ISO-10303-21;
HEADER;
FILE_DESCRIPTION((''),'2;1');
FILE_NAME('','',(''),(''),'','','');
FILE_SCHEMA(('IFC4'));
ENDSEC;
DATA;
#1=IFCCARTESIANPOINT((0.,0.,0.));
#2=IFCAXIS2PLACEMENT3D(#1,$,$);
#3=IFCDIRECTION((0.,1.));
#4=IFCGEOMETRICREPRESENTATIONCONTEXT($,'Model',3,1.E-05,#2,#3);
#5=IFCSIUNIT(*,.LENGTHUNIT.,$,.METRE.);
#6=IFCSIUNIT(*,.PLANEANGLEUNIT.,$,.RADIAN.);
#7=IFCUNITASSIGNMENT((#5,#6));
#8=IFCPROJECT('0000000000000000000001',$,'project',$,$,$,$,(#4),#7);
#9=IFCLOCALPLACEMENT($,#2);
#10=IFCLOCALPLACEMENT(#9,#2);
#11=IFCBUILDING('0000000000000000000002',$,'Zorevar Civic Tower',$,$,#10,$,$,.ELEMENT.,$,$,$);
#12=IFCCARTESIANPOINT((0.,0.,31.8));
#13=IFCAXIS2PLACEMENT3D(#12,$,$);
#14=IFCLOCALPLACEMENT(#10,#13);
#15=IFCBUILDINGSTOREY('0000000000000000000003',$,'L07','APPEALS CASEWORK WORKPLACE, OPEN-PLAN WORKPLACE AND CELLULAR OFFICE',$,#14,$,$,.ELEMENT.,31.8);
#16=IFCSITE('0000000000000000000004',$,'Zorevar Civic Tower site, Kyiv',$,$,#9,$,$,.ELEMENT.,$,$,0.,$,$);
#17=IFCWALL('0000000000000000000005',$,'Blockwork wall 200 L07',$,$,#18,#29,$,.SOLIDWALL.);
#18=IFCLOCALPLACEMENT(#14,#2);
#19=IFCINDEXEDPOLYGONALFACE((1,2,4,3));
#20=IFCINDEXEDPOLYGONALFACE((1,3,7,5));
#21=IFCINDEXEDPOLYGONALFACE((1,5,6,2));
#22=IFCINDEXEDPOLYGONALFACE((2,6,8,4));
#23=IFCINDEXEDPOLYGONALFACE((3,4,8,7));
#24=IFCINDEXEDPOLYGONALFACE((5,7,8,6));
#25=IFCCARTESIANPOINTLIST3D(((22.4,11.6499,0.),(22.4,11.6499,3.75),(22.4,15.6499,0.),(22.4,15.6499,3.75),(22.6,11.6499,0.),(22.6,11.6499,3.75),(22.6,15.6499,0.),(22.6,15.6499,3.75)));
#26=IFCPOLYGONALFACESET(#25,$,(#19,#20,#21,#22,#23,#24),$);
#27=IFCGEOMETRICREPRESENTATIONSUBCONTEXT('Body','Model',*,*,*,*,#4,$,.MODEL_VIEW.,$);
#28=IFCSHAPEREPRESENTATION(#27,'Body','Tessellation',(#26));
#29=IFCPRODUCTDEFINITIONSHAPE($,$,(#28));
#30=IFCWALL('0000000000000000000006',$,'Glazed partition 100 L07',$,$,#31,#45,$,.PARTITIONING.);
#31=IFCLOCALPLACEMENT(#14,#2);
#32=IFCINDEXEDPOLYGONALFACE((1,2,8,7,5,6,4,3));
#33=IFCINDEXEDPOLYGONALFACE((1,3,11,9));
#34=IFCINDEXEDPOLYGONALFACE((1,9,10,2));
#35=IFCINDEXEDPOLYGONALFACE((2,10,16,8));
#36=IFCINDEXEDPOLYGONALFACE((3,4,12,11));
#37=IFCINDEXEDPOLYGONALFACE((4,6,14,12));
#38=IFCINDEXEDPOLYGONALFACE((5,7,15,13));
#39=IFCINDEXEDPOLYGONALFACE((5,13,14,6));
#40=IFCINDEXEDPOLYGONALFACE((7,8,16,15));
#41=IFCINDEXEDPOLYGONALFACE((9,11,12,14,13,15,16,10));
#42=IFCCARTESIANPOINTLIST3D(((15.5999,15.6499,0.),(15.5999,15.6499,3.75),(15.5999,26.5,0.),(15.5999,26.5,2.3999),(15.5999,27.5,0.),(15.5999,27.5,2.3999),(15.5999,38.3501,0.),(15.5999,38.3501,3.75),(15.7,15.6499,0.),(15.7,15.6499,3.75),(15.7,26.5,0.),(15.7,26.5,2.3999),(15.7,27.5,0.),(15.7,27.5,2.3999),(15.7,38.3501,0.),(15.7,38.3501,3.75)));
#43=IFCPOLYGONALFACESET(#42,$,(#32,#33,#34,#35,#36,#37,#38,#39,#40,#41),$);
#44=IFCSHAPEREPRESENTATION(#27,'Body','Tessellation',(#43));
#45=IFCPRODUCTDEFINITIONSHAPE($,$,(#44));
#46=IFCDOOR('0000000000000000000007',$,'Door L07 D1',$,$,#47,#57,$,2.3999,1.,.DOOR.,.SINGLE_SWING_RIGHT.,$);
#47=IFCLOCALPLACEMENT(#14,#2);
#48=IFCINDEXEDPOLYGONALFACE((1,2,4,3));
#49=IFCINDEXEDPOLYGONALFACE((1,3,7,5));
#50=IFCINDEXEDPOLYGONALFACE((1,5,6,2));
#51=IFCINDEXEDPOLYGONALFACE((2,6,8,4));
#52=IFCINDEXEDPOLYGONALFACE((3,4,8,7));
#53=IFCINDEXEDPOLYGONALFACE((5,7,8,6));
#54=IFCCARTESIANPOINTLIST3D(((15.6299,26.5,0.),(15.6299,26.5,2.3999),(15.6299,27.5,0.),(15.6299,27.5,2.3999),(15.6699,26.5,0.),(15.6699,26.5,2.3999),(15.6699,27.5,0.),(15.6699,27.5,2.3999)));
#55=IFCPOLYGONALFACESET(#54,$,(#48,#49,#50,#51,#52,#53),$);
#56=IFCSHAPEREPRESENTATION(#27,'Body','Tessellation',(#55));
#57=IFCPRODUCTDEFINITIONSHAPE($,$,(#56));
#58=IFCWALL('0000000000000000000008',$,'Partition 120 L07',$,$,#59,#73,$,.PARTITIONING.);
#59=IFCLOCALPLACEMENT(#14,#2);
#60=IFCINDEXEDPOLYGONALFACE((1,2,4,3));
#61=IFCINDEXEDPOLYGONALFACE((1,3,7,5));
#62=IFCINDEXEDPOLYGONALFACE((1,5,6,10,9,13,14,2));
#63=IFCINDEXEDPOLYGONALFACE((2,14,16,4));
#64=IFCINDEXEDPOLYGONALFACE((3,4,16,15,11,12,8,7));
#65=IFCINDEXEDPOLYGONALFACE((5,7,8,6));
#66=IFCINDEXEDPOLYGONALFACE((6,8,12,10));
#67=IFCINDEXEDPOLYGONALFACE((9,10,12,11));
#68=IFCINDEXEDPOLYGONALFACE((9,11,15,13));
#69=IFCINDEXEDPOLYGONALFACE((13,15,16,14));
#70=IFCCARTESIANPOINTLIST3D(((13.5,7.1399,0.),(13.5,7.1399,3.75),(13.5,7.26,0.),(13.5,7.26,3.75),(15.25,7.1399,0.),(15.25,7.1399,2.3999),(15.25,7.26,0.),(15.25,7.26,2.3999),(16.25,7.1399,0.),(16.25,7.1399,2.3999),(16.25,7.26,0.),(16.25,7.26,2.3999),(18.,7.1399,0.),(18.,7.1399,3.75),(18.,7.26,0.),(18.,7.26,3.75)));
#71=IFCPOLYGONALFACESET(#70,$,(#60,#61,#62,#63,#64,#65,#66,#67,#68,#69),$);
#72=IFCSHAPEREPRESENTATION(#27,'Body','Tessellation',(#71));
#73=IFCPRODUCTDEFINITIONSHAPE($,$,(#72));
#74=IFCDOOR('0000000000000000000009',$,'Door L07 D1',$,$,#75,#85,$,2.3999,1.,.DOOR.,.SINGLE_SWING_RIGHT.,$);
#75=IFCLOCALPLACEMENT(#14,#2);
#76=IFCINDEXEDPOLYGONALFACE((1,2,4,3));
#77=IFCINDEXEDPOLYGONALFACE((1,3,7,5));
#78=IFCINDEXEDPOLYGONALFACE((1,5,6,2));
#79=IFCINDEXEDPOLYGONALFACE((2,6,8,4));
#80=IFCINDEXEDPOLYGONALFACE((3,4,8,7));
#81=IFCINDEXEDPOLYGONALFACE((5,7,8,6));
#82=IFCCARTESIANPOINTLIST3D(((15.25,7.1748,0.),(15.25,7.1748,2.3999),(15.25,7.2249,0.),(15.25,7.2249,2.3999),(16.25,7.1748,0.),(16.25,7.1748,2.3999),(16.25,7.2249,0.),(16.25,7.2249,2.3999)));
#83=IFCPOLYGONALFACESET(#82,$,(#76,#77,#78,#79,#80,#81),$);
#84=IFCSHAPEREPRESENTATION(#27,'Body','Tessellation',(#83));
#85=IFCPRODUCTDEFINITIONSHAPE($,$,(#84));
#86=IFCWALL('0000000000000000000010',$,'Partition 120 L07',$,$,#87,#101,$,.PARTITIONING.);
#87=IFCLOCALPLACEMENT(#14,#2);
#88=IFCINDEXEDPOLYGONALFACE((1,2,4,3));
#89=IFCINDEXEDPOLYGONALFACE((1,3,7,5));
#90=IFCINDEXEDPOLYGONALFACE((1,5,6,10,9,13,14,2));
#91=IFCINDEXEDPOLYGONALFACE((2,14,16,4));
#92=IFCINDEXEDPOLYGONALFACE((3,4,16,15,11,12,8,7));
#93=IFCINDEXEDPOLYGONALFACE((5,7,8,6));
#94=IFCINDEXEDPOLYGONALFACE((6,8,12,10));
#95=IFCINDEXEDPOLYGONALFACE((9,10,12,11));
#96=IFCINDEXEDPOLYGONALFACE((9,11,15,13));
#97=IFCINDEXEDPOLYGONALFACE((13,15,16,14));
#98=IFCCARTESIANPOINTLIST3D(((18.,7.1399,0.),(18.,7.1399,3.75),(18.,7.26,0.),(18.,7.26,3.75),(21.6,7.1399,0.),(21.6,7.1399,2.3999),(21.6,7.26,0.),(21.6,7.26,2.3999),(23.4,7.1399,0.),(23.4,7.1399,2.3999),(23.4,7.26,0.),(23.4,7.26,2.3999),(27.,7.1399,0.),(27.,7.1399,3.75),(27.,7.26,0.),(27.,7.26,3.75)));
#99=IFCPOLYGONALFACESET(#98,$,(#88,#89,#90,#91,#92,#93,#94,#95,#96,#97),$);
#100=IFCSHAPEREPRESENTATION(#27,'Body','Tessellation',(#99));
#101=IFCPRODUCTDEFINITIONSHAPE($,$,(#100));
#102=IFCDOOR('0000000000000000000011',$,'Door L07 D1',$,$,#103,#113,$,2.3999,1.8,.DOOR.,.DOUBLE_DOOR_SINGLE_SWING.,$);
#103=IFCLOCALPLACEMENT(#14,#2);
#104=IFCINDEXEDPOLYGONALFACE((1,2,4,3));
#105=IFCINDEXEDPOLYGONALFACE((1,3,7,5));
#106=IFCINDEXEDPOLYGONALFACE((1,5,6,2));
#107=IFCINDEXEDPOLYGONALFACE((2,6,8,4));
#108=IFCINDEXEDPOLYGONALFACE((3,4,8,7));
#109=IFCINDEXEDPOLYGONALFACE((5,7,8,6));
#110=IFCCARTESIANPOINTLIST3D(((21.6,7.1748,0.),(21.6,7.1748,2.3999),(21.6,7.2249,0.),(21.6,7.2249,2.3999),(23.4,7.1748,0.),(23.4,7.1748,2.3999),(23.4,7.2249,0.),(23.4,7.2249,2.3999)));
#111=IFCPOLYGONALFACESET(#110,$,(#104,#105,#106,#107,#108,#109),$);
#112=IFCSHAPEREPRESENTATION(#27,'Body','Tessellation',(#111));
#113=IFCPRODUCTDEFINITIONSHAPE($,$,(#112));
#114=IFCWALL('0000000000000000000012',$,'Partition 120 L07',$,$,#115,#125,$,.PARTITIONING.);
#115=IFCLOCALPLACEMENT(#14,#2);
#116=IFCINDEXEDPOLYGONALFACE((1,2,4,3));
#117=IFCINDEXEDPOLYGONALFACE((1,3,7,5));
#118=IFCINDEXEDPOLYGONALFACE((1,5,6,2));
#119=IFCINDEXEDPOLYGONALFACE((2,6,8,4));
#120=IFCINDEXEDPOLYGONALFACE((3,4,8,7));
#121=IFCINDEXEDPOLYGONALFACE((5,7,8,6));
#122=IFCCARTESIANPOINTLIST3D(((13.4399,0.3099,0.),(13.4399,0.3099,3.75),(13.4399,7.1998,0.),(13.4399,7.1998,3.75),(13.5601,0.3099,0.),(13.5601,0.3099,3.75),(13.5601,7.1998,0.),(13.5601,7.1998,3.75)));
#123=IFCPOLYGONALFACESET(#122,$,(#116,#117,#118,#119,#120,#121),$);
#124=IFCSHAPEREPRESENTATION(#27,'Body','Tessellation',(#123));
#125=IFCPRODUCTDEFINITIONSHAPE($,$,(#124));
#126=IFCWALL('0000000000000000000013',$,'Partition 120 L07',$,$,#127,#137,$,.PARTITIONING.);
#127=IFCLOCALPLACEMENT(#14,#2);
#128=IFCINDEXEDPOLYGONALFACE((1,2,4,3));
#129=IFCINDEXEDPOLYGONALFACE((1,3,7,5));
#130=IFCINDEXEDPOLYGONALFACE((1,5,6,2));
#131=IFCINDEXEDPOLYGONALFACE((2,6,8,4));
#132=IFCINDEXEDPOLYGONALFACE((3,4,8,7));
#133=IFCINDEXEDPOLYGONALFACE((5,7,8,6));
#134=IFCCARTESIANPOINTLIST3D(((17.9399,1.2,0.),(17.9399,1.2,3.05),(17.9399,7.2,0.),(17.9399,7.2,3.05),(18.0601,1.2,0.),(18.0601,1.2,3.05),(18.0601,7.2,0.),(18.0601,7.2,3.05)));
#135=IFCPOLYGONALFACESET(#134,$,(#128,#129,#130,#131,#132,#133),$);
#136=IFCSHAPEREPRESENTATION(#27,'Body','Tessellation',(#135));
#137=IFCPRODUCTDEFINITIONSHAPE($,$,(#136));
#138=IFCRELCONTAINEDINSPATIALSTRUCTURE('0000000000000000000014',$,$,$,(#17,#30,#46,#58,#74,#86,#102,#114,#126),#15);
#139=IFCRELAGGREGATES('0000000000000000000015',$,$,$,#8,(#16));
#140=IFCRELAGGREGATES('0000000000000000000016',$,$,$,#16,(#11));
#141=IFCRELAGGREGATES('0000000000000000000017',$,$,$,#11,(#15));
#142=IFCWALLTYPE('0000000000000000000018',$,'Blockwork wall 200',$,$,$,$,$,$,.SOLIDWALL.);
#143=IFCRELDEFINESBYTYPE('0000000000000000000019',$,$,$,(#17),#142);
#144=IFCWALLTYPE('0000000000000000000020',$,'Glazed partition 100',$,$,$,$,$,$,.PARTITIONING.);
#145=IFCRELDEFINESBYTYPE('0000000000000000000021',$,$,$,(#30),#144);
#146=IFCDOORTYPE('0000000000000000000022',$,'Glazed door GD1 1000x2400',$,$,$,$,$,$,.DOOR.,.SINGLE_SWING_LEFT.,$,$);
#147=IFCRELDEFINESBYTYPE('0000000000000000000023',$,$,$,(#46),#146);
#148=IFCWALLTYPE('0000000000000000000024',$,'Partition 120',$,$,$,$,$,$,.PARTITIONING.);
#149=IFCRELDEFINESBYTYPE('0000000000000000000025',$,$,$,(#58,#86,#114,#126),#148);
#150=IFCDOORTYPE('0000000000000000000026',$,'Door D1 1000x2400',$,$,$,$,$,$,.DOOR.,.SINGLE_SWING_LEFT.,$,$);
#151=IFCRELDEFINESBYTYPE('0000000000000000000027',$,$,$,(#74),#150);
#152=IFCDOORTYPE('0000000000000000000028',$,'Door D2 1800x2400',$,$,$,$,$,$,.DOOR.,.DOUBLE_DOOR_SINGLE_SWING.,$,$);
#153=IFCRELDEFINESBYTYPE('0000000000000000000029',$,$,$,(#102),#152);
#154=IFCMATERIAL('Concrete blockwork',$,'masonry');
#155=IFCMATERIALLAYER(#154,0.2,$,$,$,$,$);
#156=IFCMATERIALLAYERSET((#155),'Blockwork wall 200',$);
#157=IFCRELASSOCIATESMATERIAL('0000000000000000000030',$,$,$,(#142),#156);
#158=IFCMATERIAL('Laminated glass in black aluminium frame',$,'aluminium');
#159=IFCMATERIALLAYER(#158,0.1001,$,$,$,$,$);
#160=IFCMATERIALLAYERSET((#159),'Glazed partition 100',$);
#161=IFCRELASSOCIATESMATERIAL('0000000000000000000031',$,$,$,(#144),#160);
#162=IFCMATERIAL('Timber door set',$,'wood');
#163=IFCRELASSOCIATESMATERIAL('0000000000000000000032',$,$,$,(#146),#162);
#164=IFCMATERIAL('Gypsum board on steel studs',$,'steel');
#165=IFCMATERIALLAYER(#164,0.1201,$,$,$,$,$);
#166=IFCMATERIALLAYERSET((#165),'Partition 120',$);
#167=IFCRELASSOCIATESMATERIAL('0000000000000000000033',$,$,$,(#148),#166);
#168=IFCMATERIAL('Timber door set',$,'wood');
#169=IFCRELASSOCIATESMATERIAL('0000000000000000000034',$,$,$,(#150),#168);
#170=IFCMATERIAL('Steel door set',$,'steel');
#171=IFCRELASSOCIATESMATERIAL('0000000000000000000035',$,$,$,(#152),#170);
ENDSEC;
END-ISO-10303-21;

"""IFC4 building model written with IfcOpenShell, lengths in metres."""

from ifc_helpers import new_model, si_unit, direction, frame, frame_2d, origin, place, context, subcontext, project, spatial, rectangle, extrude, material, layer, layer_set, type_object, element, fill, save


model = new_model("IFC4")

# Units and contexts
model_context = context("Model", 3, precision=1e-05, world=origin(), true_north=direction((0.0, 1.0)))
body_context = subcontext(model_context, "Body", "Model", "MODEL_VIEW")
ifc_project = project(units=[si_unit("LENGTHUNIT", "METRE"), si_unit("PLANEANGLEUNIT", "RADIAN")], contexts=[model_context])

# Site, building, storey
site_placement = place(None, origin())
site = spatial("IfcSite", under=ifc_project, at=site_placement, Name="Zorevar Civic Tower site, Kyiv", CompositionType="ELEMENT", RefElevation=0.0)
building_placement = place(site_placement, origin())
building = spatial("IfcBuilding", under=site, at=building_placement, Name="Zorevar Civic Tower", CompositionType="ELEMENT")
storey_placement = place(building_placement, frame((0.0, 0.0, 31.8)))
storey = spatial("IfcBuildingStorey", under=building, at=storey_placement, Name="L07", Description="APPEALS CASEWORK WORKPLACE, OPEN-PLAN WORKPLACE AND CELLULAR OFFICE", CompositionType="ELEMENT", Elevation=31.8)

# Shared definitions
ifc_material_1 = material(Name="Concrete blockwork", Category="masonry")
ifc_layer_1 = layer(ifc_material_1, 0.2)
ifc_layer_set_1 = layer_set([ifc_layer_1], Name="Blockwork wall 200")
wall_type_1 = type_object("IfcWallType", Name="Blockwork wall 200", PredefinedType="SOLIDWALL", material=ifc_layer_set_1)

# Wall
for number, where, z_axis, x_axis, name in (
    (1, (22.5, 11.6499, 0.0), (0.0, 0.0, 1.0), (0.0, 1.0, 0.0), "Blockwork wall 200 L07"),
):
    element("IfcWall", number, at=place(storey_placement, frame(where, z_axis=z_axis, x_axis=x_axis)), inside=storey, type_object=wall_type_1, Name=name, PredefinedType="SOLIDWALL", context=body_context, shape_type="SweptSolid", body=[
        extrude(rectangle(XDim=4.0, YDim=0.2, at=frame_2d((2.0, 0.0))), origin(), (0.0, 0.0, 1.0), 3.75),
    ])

# Walls, openings, doors
ifc_material_2 = material(Name="Laminated glass in black aluminium frame", Category="aluminium")
ifc_layer_2 = layer(ifc_material_2, 0.1001)
ifc_layer_set_2 = layer_set([ifc_layer_2], Name="Glazed partition 100")
wall_type_2 = type_object("IfcWallType", Name="Glazed partition 100", PredefinedType="PARTITIONING", material=ifc_layer_set_2)
wall_1_placement = place(storey_placement, frame((15.6499, 15.6499, 0.0), z_axis=(0.0, 0.0, 1.0), x_axis=(0.0, 1.0, 0.0)))
wall_1 = element("IfcWall", 2, at=wall_1_placement, inside=storey, type_object=wall_type_2, Name="Glazed partition 100 L07", PredefinedType="PARTITIONING", context=body_context, shape_type="SweptSolid", body=[
    extrude(rectangle(XDim=22.7002, YDim=0.1001, at=frame_2d((11.3501, 0.0))), origin(), (0.0, 0.0, 1.0), 3.75),
])
opening_1_placement = place(wall_1_placement, frame((10.8501, 0.0, 0.0)))
opening_1 = element("IfcOpeningElement", 3, at=opening_1_placement, cuts=wall_1, PredefinedType="OPENING", context=body_context, shape_type="SweptSolid", body=[
    extrude(rectangle(XDim=1.0, YDim=2.3999, at=frame_2d((0.5, 1.2))), frame((0.0, 0.0601, 0.0), z_axis=(0.0, -1.0, 0.0), x_axis=(1.0, 0.0, 0.0)), (0.0, 0.0, 1.0), 0.1201),
])
ifc_material_3 = material(Name="Timber door set", Category="wood")
door_type_1 = type_object("IfcDoorType", Name="Glazed door GD1 1000x2400", OperationType="SINGLE_SWING_LEFT", PredefinedType="DOOR", material=ifc_material_3)
door_1_placement = place(opening_1_placement, origin())
door_1 = element("IfcDoor", 4, at=door_1_placement, inside=storey, type_object=door_type_1, Name="Door L07 D1", OperationType="SINGLE_SWING_RIGHT", OverallHeight=2.3999, OverallWidth=1.0, PredefinedType="DOOR", context=body_context, shape_type="SweptSolid", body=[
    extrude(rectangle(XDim=1.0, YDim=2.3999, at=frame_2d((0.5, 1.2))), frame((0.0, 0.02, 0.0), z_axis=(0.0, -1.0, 0.0), x_axis=(1.0, 0.0, 0.0)), (0.0, 0.0, 1.0), 0.04),
])
fill(opening_1, door_1)
ifc_material_4 = material(Name="Gypsum board on steel studs", Category="steel")
ifc_layer_3 = layer(ifc_material_4, 0.1201)
ifc_layer_set_3 = layer_set([ifc_layer_3], Name="Partition 120")
wall_type_3 = type_object("IfcWallType", Name="Partition 120", PredefinedType="PARTITIONING", material=ifc_layer_set_3)
wall_2_placement = place(storey_placement, frame((13.5, 7.2, 0.0), z_axis=(0.0, 0.0, 1.0), x_axis=(1.0, 0.0, 0.0)))
wall_2 = element("IfcWall", 5, at=wall_2_placement, inside=storey, type_object=wall_type_3, Name="Partition 120 L07", PredefinedType="PARTITIONING", context=body_context, shape_type="SweptSolid", body=[
    extrude(rectangle(XDim=4.5, YDim=0.1201, at=frame_2d((2.25, 0.0))), origin(), (0.0, 0.0, 1.0), 3.75),
])
opening_2_placement = place(wall_2_placement, frame((1.75, 0.0, 0.0)))
opening_2 = element("IfcOpeningElement", 6, at=opening_2_placement, cuts=wall_2, PredefinedType="OPENING", context=body_context, shape_type="SweptSolid", body=[
    extrude(rectangle(XDim=1.0, YDim=2.3999, at=frame_2d((0.5, 1.2))), frame((0.0, 0.0701, 0.0), z_axis=(0.0, -1.0, 0.0), x_axis=(1.0, 0.0, 0.0)), (0.0, 0.0, 1.0), 0.1401),
])
ifc_material_5 = material(Name="Timber door set", Category="wood")
door_type_2 = type_object("IfcDoorType", Name="Door D1 1000x2400", OperationType="SINGLE_SWING_LEFT", PredefinedType="DOOR", material=ifc_material_5)
door_2_placement = place(opening_2_placement, origin())
door_2 = element("IfcDoor", 7, at=door_2_placement, inside=storey, type_object=door_type_2, Name="Door L07 D1", OperationType="SINGLE_SWING_RIGHT", OverallHeight=2.3999, OverallWidth=1.0, PredefinedType="DOOR", context=body_context, shape_type="SweptSolid", body=[
    extrude(rectangle(XDim=1.0, YDim=2.3999, at=frame_2d((0.5, 1.2))), frame((0.0, 0.0249, 0.0), z_axis=(0.0, -1.0, 0.0), x_axis=(1.0, 0.0, 0.0)), (0.0, 0.0, 1.0), 0.05),
])
fill(opening_2, door_2)
wall_3_placement = place(storey_placement, frame((18.0, 7.2, 0.0), z_axis=(0.0, 0.0, 1.0), x_axis=(1.0, 0.0, 0.0)))
wall_3 = element("IfcWall", 8, at=wall_3_placement, inside=storey, type_object=wall_type_3, Name="Partition 120 L07", PredefinedType="PARTITIONING", context=body_context, shape_type="SweptSolid", body=[
    extrude(rectangle(XDim=9.0, YDim=0.1201, at=frame_2d((4.5, 0.0))), origin(), (0.0, 0.0, 1.0), 3.75),
])
opening_3_placement = place(wall_3_placement, frame((3.6001, 0.0, 0.0)))
opening_3 = element("IfcOpeningElement", 9, at=opening_3_placement, cuts=wall_3, PredefinedType="OPENING", context=body_context, shape_type="SweptSolid", body=[
    extrude(rectangle(XDim=1.8, YDim=2.3999, at=frame_2d((0.8999, 1.2))), frame((0.0, 0.0701, 0.0), z_axis=(0.0, -1.0, 0.0), x_axis=(1.0, 0.0, 0.0)), (0.0, 0.0, 1.0), 0.1401),
])
ifc_material_6 = material(Name="Steel door set", Category="steel")
door_type_3 = type_object("IfcDoorType", Name="Door D2 1800x2400", OperationType="DOUBLE_DOOR_SINGLE_SWING", PredefinedType="DOOR", material=ifc_material_6)
door_3_placement = place(opening_3_placement, origin())
door_3 = element("IfcDoor", 10, at=door_3_placement, inside=storey, type_object=door_type_3, Name="Door L07 D1", OperationType="DOUBLE_DOOR_SINGLE_SWING", OverallHeight=2.3999, OverallWidth=1.8, PredefinedType="DOOR", context=body_context, shape_type="SweptSolid", body=[
    extrude(rectangle(XDim=1.8, YDim=2.3999, at=frame_2d((0.8999, 1.2))), frame((0.0, 0.0249, 0.0), z_axis=(0.0, -1.0, 0.0), x_axis=(1.0, 0.0, 0.0)), (0.0, 0.0, 1.0), 0.05),
])
fill(opening_3, door_3)

# Walls
wall_4_placement = place(storey_placement, frame((13.5, 0.3101, 0.0), z_axis=(0.0, 0.0, 1.0), x_axis=(0.0, 1.0, 0.0)))
element("IfcWall", 11, at=wall_4_placement, inside=storey, type_object=wall_type_3, Name="Partition 120 L07", PredefinedType="PARTITIONING", context=body_context, shape_type="SweptSolid", body=[
    extrude(rectangle(XDim=6.8899, YDim=0.1201, at=frame_2d((3.4448, 0.0))), origin(), (0.0, 0.0, 1.0), 3.75),
])
wall_5_placement = place(storey_placement, frame((18.0, 1.2, 0.0), z_axis=(0.0, 0.0, 1.0), x_axis=(0.0, 1.0, 0.0)))
element("IfcWall", 12, at=wall_5_placement, inside=storey, type_object=wall_type_3, Name="Partition 120 L07", PredefinedType="PARTITIONING", context=body_context, shape_type="SweptSolid", body=[
    extrude(rectangle(XDim=6.0, YDim=0.1201, at=frame_2d((3.0, 0.0))), origin(), (0.0, 0.0, 1.0), 3.05),
])

save(model, "model.ifc")
